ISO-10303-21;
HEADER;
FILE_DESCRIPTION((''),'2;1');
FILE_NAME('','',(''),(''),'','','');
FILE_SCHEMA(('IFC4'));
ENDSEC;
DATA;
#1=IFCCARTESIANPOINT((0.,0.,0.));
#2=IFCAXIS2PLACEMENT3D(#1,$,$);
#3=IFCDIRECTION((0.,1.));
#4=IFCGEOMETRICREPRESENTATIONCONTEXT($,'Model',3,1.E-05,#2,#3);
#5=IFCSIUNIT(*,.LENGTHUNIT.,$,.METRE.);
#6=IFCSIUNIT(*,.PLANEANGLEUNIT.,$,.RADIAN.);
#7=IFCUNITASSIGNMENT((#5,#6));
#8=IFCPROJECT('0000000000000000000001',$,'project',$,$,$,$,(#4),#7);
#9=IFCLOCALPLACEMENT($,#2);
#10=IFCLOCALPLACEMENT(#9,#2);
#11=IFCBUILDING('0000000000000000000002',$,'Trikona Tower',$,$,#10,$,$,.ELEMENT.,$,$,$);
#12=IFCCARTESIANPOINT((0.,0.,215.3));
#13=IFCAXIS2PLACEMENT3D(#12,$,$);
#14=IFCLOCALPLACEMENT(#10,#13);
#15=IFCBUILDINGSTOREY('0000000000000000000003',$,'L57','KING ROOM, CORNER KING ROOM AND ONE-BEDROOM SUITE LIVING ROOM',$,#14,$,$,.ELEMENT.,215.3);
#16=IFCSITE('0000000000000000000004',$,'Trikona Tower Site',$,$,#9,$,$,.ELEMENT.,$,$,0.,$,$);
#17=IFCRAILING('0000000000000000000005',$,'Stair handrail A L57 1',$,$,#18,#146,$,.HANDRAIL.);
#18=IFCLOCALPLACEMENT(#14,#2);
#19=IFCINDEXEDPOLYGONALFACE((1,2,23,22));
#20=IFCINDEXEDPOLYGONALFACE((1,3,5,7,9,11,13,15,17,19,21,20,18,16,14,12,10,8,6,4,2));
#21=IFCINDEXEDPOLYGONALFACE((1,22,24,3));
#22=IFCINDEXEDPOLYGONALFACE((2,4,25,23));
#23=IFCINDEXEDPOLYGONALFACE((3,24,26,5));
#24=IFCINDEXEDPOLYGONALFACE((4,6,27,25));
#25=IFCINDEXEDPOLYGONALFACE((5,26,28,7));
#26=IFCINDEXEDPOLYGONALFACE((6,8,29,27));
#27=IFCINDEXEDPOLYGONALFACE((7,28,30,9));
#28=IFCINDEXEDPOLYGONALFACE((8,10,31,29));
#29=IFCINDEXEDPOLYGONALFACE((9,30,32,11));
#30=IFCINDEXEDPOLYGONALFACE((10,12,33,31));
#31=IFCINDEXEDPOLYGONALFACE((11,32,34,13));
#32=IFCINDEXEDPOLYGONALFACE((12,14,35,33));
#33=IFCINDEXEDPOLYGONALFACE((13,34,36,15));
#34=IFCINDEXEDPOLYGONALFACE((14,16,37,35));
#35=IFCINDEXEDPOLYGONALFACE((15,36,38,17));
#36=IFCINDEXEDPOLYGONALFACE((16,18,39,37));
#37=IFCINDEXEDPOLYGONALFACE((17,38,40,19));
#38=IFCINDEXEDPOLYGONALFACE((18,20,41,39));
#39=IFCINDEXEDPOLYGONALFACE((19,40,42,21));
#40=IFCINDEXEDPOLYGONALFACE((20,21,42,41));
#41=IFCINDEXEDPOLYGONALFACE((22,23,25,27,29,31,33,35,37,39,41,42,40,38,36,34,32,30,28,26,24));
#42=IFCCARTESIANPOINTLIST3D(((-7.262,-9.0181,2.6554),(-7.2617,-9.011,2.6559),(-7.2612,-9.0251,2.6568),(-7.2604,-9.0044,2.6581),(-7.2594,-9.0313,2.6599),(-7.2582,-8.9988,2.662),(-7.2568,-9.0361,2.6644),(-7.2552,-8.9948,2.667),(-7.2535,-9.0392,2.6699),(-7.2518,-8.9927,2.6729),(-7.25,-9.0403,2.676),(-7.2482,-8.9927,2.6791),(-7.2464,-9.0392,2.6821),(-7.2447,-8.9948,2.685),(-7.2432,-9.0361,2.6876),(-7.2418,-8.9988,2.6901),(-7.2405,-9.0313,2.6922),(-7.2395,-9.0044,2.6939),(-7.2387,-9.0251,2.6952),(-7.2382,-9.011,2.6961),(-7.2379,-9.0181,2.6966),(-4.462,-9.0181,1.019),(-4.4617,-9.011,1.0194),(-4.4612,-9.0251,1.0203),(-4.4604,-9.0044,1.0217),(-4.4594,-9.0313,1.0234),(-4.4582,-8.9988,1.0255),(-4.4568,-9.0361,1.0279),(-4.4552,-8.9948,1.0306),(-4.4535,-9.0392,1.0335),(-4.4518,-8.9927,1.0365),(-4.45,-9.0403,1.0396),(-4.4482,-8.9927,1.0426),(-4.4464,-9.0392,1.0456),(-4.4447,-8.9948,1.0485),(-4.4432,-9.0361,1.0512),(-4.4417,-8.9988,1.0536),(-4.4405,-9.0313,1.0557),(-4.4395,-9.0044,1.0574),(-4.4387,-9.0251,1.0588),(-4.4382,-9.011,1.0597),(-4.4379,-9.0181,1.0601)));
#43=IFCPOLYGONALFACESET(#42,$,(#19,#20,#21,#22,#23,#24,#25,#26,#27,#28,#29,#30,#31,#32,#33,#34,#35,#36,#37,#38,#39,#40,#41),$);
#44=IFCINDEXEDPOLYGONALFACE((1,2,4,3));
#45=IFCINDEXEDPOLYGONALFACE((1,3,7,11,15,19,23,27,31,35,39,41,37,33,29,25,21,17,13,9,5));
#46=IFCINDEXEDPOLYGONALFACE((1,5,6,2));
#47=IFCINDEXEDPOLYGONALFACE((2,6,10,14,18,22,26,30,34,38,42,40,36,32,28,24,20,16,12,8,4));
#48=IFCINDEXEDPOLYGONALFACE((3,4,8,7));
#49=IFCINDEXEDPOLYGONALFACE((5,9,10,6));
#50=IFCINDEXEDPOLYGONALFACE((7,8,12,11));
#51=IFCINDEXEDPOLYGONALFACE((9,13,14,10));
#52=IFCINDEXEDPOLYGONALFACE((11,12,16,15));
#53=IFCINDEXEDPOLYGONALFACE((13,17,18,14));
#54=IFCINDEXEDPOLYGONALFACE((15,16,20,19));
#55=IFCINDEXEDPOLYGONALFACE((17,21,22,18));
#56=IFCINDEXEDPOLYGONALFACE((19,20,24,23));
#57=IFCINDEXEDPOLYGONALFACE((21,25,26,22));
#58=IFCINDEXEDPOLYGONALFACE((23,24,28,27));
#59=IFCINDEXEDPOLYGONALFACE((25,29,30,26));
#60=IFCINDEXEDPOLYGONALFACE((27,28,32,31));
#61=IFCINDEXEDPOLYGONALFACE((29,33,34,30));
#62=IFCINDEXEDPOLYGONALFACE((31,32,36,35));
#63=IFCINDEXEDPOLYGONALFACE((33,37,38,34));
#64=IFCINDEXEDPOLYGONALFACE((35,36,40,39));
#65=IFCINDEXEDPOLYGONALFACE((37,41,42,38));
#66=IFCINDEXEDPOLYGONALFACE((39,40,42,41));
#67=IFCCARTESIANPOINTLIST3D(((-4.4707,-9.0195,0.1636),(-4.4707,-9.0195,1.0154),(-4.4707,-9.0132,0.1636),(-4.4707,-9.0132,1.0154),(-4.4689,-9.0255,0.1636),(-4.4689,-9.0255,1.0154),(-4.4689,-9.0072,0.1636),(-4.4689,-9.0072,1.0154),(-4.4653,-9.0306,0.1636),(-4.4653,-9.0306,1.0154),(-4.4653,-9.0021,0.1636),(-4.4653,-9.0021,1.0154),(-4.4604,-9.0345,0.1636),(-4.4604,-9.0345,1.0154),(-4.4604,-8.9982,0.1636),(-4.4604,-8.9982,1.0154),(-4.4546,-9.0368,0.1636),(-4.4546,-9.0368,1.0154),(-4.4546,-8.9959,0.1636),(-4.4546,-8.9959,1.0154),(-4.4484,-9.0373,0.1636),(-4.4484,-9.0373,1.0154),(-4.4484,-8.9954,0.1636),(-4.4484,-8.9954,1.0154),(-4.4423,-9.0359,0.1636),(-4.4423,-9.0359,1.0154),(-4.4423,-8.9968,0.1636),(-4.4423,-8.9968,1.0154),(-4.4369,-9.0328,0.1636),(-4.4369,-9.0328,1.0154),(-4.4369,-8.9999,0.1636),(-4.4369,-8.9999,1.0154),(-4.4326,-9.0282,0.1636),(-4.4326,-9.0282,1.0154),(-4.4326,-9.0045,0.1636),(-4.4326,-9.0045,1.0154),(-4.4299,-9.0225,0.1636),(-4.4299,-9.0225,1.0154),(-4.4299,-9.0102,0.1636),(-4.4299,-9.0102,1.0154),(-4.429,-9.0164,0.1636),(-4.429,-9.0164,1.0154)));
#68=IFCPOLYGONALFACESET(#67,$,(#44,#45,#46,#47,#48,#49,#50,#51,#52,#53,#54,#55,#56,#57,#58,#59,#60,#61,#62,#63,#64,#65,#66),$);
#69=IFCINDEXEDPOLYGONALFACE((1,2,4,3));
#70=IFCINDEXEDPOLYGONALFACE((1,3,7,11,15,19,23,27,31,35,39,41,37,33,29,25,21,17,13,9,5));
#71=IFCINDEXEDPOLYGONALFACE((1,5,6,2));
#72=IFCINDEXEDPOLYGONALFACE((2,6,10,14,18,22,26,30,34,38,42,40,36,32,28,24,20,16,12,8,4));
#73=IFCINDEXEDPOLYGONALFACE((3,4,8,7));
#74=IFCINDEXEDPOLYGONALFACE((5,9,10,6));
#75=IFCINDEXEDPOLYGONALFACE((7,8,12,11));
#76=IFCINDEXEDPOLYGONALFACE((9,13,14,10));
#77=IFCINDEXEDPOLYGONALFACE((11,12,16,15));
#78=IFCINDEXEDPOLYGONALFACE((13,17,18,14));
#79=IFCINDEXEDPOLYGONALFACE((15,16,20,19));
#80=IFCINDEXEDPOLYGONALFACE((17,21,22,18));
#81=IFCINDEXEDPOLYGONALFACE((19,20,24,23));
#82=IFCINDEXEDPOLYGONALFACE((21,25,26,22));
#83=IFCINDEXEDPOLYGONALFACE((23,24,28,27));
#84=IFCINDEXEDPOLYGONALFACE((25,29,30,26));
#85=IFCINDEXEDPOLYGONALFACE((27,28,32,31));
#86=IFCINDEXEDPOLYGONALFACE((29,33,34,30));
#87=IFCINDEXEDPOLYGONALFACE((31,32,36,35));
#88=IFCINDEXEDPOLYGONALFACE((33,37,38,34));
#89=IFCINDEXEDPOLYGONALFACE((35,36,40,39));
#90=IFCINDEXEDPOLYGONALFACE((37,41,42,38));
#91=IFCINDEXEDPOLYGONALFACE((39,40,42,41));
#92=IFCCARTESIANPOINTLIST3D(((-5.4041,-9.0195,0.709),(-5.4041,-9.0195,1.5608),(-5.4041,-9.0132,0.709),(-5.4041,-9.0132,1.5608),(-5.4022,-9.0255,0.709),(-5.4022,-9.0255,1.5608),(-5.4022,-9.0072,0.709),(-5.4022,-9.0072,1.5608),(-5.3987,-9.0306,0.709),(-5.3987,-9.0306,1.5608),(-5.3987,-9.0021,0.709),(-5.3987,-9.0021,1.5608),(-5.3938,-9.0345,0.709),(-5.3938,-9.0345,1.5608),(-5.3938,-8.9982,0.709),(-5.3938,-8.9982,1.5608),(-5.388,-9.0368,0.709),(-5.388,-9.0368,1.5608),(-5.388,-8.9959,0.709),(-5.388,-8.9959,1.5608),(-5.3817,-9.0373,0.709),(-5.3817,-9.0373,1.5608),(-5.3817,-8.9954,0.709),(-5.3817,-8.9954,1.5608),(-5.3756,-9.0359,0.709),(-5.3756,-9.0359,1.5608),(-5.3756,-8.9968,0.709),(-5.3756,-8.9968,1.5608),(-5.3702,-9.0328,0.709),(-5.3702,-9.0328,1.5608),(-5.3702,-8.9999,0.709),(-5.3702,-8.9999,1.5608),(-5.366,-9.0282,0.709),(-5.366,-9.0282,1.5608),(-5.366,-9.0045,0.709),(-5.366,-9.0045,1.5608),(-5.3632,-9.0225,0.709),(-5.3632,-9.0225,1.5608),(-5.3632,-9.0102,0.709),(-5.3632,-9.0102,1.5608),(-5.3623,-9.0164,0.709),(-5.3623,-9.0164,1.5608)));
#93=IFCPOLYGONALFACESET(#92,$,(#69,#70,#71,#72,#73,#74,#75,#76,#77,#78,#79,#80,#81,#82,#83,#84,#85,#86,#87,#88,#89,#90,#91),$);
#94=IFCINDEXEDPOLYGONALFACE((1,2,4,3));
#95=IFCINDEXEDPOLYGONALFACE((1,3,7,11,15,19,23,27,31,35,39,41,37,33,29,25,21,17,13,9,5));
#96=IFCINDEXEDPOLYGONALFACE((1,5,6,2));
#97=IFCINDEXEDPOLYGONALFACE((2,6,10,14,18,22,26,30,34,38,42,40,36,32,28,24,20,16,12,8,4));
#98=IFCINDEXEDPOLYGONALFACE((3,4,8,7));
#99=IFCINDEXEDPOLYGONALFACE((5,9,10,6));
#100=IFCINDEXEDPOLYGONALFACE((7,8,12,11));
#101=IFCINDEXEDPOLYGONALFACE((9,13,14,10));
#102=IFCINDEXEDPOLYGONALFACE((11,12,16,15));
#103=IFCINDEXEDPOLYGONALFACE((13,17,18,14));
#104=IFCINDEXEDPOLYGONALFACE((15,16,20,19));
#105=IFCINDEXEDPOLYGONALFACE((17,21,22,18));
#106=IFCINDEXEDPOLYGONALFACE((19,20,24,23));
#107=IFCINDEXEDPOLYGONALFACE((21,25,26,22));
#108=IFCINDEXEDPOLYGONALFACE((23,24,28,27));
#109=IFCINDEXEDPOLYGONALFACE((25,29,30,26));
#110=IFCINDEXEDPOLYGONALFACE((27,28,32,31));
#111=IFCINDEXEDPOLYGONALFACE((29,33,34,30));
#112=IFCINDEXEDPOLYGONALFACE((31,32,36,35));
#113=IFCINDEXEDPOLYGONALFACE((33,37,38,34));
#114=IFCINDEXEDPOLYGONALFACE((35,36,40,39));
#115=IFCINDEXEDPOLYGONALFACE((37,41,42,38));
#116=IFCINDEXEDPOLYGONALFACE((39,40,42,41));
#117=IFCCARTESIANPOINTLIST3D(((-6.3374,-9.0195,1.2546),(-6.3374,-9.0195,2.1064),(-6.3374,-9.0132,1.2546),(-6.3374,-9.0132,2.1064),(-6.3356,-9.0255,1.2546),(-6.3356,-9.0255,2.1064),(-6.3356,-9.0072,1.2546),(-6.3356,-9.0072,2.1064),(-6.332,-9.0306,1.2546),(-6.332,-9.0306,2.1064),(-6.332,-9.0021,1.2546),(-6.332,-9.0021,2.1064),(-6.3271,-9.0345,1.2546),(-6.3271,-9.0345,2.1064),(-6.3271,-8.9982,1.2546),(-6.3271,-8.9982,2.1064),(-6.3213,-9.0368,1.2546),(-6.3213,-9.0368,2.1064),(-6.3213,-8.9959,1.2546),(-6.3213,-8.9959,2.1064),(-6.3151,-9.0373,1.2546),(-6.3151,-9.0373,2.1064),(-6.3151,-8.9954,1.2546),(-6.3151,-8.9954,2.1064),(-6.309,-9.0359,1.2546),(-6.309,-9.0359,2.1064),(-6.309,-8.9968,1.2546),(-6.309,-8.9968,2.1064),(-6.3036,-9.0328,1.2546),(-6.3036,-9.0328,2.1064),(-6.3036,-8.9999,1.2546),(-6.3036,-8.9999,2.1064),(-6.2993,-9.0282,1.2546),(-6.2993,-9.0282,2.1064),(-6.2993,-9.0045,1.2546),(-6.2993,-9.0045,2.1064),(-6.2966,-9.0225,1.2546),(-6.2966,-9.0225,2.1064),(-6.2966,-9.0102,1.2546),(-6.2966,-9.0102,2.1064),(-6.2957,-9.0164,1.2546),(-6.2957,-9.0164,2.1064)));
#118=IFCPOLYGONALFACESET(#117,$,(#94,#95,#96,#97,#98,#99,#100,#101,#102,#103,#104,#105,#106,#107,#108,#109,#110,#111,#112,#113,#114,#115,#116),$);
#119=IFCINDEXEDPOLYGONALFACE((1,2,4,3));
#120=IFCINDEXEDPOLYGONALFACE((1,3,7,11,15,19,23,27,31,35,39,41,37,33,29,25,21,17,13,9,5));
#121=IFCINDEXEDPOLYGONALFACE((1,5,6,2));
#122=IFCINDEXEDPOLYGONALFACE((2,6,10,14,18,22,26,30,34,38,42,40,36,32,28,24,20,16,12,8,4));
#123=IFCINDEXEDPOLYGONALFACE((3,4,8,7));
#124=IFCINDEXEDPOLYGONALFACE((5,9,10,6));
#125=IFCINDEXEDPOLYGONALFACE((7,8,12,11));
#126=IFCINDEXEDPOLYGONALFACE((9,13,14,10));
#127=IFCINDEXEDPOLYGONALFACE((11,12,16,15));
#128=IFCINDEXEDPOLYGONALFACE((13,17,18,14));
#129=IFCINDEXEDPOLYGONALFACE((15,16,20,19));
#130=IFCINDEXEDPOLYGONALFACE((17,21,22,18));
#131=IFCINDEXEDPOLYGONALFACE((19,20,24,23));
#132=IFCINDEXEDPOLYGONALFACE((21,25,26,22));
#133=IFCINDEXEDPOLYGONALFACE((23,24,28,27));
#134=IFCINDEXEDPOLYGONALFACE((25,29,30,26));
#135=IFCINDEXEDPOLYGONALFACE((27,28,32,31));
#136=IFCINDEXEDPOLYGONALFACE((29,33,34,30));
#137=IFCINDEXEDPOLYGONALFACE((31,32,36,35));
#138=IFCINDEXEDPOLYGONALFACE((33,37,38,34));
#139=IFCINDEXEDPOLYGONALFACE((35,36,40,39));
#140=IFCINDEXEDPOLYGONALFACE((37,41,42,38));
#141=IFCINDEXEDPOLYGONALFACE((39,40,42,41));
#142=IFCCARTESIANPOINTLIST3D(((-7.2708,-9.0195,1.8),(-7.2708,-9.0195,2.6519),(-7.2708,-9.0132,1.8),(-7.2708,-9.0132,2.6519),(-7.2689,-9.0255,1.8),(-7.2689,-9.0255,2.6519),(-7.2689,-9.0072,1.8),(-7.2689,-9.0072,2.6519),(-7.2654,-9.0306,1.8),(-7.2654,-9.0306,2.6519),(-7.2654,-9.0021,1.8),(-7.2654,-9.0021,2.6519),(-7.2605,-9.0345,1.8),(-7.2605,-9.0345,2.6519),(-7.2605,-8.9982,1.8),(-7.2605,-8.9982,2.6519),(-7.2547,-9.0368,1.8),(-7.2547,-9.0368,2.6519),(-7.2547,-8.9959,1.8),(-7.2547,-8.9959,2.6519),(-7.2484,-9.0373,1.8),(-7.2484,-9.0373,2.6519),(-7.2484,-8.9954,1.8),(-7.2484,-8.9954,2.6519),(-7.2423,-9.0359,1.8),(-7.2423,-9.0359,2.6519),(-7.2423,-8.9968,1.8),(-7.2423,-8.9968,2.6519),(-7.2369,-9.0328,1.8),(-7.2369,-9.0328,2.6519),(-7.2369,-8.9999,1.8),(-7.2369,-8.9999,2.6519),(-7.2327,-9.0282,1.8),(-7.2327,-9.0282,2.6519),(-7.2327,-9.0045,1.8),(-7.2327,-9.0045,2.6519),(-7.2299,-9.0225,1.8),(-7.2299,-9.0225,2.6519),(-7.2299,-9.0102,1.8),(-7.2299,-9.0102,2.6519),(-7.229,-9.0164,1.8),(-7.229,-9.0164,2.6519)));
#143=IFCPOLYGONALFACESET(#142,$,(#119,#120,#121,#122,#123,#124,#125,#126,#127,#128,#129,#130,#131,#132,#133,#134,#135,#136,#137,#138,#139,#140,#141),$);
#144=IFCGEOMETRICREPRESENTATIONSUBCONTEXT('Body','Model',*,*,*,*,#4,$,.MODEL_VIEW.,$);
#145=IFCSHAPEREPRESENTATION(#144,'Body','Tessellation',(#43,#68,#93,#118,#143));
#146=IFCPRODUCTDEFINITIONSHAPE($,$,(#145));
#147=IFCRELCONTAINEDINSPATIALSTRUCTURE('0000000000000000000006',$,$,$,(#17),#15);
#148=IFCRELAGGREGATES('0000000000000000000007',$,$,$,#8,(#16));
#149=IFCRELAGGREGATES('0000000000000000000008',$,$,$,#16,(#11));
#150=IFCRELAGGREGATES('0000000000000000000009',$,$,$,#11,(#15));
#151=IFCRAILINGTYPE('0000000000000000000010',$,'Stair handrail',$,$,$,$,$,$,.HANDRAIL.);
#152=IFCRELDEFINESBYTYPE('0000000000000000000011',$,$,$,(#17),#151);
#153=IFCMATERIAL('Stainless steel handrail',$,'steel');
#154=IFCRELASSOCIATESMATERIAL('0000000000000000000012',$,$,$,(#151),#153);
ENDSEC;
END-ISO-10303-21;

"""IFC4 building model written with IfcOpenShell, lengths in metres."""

from ifc_helpers import new_model, si_unit, direction, frame, origin, origin_2d, place, context, subcontext, project, spatial, circle, extrude, material, type_object, element, save


model = new_model("IFC4")

# Units and contexts
model_context = context("Model", 3, precision=1e-05, world=origin(), true_north=direction((0.0, 1.0)))
body_context = subcontext(model_context, "Body", "Model", "MODEL_VIEW")
ifc_project = project(units=[si_unit("LENGTHUNIT", "METRE"), si_unit("PLANEANGLEUNIT", "RADIAN")], contexts=[model_context])

# Site, building, storey
site_placement = place(None, origin())
site = spatial("IfcSite", under=ifc_project, at=site_placement, Name="Trikona Tower Site", CompositionType="ELEMENT", RefElevation=0.0)
building_placement = place(site_placement, origin())
building = spatial("IfcBuilding", under=site, at=building_placement, Name="Trikona Tower", CompositionType="ELEMENT")
storey_placement = place(building_placement, frame((0.0, 0.0, 215.3)))
storey = spatial("IfcBuildingStorey", under=building, at=storey_placement, Name="L57", Description="KING ROOM, CORNER KING ROOM AND ONE-BEDROOM SUITE LIVING ROOM", CompositionType="ELEMENT", Elevation=215.3)

# Railing
ifc_material_1 = material(Name="Stainless steel handrail", Category="steel")
railing_type = type_object("IfcRailingType", Name="Stair handrail", PredefinedType="HANDRAIL", material=ifc_material_1)
railing_1_placement = place(storey_placement, frame((-4.45, -9.0164, 0.1636)))
element("IfcRailing", 1, at=railing_1_placement, inside=storey, type_object=railing_type, Name="Stair handrail A L57 1", PredefinedType="HANDRAIL", context=body_context, shape_type="SweptSolid", body=[
    extrude(circle(Radius=0.0239, at=origin_2d()), frame((0.0, 0.0, 0.876), z_axis=(-0.863361, 0.0, 0.504587), x_axis=(0.0, -1.0, 0.0)), (0.0, 0.0, 1.0), 3.2432),
    extrude(circle(Radius=0.021, at=origin_2d()), origin(), (0.0, 0.0, 1.0), 0.8518),
    extrude(circle(Radius=0.021, at=origin_2d()), frame((-0.9333, 0.0, 0.5454)), (0.0, 0.0, 1.0), 0.8518),
    extrude(circle(Radius=0.021, at=origin_2d()), frame((-1.8667, 0.0, 1.0911)), (0.0, 0.0, 1.0), 0.8518),
    extrude(circle(Radius=0.021, at=origin_2d()), frame((-2.8, 0.0, 1.6365)), (0.0, 0.0, 1.0), 0.8518),
])

save(model, "model.ifc")
